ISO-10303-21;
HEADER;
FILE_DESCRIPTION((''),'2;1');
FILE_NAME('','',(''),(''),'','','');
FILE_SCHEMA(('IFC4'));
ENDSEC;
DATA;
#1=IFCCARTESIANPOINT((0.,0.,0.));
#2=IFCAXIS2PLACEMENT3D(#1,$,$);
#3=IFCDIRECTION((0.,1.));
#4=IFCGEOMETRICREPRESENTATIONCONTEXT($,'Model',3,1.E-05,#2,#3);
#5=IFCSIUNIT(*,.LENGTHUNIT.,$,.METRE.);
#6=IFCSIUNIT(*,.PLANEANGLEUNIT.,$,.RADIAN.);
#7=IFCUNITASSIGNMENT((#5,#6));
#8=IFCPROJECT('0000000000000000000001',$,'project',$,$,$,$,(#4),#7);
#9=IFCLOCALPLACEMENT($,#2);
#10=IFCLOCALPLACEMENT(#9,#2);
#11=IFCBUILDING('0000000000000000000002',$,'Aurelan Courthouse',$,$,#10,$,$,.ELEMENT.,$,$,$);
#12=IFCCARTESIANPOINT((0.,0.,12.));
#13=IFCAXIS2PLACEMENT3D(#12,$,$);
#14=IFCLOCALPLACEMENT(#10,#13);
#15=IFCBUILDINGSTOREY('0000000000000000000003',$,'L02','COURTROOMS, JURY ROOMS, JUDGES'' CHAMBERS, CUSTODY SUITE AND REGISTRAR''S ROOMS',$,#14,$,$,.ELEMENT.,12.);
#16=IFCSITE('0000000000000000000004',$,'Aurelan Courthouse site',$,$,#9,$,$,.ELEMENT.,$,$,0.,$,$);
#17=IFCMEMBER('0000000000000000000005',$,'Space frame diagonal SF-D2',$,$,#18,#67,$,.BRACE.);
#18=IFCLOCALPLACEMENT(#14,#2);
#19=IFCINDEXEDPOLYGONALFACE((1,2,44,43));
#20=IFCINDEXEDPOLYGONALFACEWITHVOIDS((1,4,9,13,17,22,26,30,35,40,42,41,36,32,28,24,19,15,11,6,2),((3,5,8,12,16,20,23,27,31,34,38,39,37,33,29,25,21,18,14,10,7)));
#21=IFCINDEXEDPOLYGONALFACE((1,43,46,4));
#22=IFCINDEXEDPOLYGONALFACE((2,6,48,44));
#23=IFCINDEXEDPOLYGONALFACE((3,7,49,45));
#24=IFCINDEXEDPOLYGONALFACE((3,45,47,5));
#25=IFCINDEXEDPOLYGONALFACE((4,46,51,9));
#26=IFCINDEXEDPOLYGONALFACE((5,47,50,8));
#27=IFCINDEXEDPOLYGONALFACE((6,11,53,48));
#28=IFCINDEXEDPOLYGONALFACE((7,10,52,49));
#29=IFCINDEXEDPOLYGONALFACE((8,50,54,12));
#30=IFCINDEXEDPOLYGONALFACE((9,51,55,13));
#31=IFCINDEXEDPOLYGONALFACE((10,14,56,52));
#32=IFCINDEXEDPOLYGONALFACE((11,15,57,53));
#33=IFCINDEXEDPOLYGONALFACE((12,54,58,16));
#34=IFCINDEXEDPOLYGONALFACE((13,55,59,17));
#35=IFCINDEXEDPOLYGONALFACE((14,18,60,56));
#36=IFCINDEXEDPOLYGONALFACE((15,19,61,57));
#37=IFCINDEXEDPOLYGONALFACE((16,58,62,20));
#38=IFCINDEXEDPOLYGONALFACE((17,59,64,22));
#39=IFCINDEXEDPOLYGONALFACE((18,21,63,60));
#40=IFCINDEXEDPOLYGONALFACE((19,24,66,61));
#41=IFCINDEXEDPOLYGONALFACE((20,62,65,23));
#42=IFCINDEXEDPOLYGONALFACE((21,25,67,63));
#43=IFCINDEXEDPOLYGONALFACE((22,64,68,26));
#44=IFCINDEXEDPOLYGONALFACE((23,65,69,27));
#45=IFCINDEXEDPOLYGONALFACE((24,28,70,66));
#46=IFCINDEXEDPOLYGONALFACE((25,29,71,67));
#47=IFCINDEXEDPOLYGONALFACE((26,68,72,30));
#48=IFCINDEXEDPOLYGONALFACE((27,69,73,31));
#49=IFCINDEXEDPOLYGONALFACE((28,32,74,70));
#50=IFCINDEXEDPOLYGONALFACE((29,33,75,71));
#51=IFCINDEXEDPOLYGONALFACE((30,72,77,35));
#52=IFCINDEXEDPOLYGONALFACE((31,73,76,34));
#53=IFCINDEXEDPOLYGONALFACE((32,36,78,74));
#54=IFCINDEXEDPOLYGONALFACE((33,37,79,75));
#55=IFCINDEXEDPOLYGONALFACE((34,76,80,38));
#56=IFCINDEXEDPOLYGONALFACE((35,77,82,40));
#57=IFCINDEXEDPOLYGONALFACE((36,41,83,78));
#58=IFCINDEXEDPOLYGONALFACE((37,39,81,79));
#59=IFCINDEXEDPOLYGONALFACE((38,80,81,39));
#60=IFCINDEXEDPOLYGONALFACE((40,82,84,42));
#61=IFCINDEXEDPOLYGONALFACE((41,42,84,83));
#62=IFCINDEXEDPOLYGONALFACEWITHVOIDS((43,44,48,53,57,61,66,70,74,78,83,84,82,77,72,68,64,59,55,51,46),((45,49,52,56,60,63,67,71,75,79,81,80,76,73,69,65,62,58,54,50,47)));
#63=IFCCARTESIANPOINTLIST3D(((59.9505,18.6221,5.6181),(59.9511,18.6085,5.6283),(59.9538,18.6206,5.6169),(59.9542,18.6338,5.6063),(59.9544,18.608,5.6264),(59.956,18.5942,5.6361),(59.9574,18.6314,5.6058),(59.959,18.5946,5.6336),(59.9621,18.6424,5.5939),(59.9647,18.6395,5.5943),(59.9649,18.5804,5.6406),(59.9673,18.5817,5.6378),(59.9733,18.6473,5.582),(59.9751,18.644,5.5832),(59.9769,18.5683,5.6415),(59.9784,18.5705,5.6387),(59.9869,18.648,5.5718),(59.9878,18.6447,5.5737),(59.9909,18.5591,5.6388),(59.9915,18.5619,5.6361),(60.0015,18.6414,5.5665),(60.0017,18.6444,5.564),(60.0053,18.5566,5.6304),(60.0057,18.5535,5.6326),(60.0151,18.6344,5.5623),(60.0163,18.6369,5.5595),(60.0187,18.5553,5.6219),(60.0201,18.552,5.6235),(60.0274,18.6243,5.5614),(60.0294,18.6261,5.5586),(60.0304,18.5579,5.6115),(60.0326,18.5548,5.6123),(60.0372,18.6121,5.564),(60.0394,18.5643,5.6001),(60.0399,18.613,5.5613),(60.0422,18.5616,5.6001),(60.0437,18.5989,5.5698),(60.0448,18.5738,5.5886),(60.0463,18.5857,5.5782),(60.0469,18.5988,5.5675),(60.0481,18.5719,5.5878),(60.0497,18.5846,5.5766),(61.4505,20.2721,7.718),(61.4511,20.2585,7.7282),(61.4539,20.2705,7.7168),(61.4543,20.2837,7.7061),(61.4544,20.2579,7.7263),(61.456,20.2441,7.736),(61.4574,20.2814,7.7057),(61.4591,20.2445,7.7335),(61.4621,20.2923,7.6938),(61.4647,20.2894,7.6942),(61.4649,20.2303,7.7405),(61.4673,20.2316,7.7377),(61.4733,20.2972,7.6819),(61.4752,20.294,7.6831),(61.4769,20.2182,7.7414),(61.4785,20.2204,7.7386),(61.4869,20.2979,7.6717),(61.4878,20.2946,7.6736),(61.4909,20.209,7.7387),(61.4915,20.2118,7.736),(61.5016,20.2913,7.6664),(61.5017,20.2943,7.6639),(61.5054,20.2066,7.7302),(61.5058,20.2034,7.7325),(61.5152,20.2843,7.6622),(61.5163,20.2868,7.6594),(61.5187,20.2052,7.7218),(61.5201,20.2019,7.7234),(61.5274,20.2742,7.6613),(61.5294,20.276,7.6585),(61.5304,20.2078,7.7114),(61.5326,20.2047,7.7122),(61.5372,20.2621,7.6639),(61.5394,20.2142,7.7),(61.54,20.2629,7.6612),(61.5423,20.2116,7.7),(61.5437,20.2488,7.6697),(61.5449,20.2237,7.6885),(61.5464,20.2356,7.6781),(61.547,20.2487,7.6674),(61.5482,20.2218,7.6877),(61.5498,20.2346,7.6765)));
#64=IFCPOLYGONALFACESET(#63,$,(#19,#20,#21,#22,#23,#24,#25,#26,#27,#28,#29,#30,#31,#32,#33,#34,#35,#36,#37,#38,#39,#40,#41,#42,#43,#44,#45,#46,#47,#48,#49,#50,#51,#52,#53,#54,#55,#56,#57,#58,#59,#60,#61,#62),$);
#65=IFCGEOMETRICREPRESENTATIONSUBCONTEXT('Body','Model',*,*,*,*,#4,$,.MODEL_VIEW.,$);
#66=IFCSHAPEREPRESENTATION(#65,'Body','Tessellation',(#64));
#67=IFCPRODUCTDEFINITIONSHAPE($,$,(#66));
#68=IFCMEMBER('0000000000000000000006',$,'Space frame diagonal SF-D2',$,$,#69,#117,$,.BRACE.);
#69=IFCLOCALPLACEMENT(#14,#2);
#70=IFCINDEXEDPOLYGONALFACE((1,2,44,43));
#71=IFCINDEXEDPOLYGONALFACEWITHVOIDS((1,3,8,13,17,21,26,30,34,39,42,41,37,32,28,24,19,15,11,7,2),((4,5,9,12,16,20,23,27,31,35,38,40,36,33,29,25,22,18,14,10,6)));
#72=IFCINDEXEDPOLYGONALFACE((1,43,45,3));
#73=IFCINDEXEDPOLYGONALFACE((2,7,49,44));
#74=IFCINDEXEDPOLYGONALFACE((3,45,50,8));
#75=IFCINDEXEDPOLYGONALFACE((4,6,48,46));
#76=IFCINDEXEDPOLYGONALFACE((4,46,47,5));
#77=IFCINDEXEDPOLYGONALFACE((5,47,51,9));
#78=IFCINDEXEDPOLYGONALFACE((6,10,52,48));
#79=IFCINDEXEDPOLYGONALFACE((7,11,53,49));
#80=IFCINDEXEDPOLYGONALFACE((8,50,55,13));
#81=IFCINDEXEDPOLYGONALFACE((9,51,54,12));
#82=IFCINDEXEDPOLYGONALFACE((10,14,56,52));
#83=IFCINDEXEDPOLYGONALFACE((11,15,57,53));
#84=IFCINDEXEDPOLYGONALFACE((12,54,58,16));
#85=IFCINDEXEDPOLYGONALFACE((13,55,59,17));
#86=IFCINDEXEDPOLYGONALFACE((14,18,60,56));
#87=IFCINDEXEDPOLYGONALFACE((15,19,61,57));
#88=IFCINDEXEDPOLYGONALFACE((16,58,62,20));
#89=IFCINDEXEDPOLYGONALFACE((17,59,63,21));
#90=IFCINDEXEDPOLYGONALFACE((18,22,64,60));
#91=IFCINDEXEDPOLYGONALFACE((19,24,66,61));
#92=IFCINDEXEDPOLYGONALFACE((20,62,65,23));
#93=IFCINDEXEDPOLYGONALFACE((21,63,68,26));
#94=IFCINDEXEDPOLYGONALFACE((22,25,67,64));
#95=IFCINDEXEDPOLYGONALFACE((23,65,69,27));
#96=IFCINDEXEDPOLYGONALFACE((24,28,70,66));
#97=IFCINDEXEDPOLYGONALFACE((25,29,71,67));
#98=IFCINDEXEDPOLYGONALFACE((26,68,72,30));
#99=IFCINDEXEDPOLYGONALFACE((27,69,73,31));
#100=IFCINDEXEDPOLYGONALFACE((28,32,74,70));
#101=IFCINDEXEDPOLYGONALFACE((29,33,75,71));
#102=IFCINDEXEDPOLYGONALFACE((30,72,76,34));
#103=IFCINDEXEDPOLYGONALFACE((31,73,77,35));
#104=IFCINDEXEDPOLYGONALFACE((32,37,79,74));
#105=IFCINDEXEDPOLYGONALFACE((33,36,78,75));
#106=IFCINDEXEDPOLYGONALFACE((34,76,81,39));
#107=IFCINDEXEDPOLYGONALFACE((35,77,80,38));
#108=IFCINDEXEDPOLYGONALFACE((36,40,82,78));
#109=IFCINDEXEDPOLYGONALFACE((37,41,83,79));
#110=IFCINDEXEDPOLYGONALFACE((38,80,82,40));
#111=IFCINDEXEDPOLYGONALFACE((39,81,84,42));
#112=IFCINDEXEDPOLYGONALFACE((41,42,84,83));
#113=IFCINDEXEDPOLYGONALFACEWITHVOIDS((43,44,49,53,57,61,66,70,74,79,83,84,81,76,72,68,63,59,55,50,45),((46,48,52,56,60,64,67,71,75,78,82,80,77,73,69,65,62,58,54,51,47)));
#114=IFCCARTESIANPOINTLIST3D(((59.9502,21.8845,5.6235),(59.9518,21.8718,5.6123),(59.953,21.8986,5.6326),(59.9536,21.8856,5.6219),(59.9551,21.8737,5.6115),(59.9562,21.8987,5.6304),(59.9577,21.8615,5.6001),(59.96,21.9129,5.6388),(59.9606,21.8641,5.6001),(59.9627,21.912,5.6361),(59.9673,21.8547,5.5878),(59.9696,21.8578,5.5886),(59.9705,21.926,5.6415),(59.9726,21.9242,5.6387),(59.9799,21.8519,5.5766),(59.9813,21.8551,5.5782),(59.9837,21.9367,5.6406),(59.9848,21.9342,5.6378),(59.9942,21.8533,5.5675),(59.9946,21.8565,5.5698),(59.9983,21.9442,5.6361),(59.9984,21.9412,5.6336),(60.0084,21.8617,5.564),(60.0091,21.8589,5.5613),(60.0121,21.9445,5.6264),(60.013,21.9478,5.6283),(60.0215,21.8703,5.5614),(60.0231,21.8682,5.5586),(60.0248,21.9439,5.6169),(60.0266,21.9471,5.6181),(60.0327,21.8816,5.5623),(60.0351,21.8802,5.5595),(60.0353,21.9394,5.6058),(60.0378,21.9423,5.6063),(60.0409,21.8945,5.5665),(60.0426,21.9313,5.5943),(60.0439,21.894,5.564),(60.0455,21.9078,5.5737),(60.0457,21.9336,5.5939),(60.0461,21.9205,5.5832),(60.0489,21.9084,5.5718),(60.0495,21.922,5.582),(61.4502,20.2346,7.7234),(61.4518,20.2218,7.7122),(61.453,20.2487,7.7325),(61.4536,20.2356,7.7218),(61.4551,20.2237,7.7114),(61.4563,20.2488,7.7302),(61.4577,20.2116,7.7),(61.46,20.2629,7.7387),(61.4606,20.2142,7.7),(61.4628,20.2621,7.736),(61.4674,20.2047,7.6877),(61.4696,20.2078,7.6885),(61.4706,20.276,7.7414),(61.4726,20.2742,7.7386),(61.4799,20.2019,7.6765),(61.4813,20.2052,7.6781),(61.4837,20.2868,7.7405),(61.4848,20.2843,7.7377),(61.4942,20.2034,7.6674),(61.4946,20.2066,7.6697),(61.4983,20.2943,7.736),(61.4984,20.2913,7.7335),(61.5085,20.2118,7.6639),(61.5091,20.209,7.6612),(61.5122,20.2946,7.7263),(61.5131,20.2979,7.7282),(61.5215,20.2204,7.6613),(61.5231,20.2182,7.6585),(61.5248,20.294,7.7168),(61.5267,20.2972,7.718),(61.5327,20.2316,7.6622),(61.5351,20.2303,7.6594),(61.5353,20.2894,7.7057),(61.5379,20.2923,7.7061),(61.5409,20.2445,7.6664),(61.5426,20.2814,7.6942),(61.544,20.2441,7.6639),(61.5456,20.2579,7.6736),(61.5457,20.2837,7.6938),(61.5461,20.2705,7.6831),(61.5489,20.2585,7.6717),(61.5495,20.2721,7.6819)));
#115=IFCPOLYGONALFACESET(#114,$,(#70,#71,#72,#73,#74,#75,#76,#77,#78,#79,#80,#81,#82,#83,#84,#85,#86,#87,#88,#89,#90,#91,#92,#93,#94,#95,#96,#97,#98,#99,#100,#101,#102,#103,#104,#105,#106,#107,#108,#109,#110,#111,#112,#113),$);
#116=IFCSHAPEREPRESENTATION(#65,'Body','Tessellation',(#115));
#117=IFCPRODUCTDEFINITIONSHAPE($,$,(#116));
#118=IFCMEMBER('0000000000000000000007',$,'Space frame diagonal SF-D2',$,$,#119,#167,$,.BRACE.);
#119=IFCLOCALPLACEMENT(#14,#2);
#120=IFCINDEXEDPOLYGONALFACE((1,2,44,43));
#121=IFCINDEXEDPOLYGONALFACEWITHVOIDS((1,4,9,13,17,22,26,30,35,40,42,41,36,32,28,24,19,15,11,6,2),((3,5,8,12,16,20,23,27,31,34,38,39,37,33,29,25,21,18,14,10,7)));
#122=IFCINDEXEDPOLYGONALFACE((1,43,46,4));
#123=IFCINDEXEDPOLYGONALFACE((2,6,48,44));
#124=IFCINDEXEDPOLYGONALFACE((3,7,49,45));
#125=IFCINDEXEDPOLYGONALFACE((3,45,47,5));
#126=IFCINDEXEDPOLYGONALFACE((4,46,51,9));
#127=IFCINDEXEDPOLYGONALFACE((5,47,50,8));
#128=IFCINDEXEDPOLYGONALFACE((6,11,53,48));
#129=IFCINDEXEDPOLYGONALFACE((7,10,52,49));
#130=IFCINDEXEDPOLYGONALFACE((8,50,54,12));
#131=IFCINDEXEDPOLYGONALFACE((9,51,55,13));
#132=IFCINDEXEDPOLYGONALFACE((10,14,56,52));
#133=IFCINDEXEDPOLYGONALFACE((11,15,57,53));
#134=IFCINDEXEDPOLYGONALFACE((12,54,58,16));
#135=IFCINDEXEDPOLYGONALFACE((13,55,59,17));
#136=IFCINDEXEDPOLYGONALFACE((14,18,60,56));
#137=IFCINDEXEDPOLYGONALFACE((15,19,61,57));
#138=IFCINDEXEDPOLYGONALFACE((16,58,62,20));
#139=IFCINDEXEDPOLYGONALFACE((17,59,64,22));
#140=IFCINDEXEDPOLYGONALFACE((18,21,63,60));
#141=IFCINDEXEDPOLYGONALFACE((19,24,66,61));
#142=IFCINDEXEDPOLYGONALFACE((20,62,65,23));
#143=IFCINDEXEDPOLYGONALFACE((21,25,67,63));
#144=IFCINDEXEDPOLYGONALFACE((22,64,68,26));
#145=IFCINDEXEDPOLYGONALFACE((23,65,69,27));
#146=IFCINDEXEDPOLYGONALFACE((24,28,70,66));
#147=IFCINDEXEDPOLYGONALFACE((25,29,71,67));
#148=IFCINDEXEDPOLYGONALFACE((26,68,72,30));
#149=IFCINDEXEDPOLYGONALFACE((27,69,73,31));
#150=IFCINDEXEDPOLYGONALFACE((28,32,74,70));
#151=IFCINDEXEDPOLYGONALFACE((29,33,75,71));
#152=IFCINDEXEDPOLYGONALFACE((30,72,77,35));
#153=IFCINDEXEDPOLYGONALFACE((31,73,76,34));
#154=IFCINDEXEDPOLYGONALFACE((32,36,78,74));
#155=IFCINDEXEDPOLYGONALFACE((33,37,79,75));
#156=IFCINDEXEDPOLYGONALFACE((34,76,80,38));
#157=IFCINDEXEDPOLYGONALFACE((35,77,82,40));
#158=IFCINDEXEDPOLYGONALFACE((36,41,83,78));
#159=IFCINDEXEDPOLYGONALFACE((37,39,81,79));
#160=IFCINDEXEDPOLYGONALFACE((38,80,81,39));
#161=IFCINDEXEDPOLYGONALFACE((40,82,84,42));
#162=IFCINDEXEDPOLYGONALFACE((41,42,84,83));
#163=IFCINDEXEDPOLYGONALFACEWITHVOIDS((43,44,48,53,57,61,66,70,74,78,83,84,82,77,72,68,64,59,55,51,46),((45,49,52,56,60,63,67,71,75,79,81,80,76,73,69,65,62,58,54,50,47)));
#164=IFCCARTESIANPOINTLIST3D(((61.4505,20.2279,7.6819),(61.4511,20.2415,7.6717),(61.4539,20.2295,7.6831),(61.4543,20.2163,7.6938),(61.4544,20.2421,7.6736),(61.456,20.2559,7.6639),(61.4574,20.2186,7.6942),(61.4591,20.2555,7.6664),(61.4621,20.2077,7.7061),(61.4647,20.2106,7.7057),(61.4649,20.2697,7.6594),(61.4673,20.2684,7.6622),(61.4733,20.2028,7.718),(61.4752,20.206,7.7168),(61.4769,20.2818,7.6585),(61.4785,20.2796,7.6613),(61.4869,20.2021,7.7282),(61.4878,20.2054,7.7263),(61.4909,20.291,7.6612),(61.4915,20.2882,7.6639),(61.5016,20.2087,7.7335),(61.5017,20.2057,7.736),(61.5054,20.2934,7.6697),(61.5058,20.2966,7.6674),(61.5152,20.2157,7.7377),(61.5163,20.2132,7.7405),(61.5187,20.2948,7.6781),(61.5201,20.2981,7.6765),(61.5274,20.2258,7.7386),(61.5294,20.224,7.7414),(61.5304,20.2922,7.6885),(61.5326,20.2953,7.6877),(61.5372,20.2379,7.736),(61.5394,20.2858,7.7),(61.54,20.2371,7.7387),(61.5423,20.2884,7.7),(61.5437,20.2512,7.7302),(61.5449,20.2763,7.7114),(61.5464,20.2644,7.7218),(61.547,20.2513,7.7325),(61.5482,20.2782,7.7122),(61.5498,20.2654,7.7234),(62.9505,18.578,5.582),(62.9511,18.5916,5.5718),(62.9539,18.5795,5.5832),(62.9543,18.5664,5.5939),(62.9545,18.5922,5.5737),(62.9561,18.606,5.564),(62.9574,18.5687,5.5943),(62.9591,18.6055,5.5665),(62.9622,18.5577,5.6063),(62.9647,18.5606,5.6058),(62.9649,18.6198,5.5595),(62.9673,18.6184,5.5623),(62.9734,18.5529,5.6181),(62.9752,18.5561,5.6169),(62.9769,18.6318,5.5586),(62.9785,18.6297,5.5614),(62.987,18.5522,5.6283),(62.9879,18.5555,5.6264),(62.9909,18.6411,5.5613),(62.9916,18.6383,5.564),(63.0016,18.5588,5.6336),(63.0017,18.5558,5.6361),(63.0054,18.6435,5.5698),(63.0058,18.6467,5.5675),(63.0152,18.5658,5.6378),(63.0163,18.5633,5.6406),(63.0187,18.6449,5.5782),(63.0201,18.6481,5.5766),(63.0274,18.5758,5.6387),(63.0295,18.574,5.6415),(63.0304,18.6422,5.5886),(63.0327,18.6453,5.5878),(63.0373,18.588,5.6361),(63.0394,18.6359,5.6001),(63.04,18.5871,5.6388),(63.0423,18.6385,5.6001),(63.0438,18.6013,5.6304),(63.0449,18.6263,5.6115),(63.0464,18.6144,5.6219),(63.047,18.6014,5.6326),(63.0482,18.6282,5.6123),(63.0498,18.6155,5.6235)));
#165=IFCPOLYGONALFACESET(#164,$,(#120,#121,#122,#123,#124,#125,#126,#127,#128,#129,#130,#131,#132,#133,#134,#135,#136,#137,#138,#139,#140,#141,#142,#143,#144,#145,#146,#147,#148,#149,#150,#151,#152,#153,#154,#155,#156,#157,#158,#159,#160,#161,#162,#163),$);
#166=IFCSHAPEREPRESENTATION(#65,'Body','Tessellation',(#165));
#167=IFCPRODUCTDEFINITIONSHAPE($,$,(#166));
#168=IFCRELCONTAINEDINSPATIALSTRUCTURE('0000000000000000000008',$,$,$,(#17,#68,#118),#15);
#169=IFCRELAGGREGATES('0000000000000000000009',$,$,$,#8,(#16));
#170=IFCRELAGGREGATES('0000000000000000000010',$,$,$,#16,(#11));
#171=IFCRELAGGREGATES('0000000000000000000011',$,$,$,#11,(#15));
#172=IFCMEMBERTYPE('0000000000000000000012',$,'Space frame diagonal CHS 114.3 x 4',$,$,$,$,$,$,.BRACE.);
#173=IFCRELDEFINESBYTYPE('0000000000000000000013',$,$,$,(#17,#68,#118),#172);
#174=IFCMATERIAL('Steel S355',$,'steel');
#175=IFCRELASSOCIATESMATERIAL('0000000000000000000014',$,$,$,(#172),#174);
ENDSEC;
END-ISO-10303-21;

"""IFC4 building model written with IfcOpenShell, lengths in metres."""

from ifc_helpers import new_model, si_unit, direction, frame, origin, origin_2d, place, context, subcontext, project, spatial, hollow_circle, extrude, material, material_profile, profile_set, type_object, element, save


model = new_model("IFC4")

# Units and contexts
model_context = context("Model", 3, precision=1e-05, world=origin(), true_north=direction((0.0, 1.0)))
body_context = subcontext(model_context, "Body", "Model", "MODEL_VIEW")
ifc_project = project(units=[si_unit("LENGTHUNIT", "METRE"), si_unit("PLANEANGLEUNIT", "RADIAN")], contexts=[model_context])

# Site, building, storey
site_placement = place(None, origin())
site = spatial("IfcSite", under=ifc_project, at=site_placement, Name="Aurelan Courthouse site", CompositionType="ELEMENT", RefElevation=0.0)
building_placement = place(site_placement, origin())
building = spatial("IfcBuilding", under=site, at=building_placement, Name="Aurelan Courthouse", CompositionType="ELEMENT")
storey_placement = place(building_placement, frame((0.0, 0.0, 12.0)))
storey = spatial("IfcBuildingStorey", under=building, at=storey_placement, Name="L02", Description="COURTROOMS, JURY ROOMS, JUDGES' CHAMBERS, CUSTODY SUITE AND REGISTRAR'S ROOMS", CompositionType="ELEMENT", Elevation=12.0)

# Members
ifc_material_1 = material(Name="Steel S355", Category="steel")
ifc_material_profile_1 = material_profile(ifc_material_1, hollow_circle(Radius=0.0571, WallThickness=0.0039, at=origin_2d()), Name="CHS 114.3 x 4")
ifc_profile_set_1 = profile_set([ifc_material_profile_1], Name="Steel S355")
member_type_1 = type_object("IfcMemberType", Name="Space frame diagonal CHS 114.3 x 4", PredefinedType="BRACE", material=ifc_profile_set_1)
for number, where, z_axis, x_axis, name in (
    (1, (61.5, 20.25, 7.7), (-0.489727, -0.538667, -0.685569), (0.73992, -0.672695, 0.0), "Space frame diagonal SF-D2"),
    (2, (61.5, 20.25, 7.7), (-0.489727, 0.538667, -0.685569), (-0.73992, -0.672695, 0.0), "Space frame diagonal SF-D2"),
    (3, (61.5, 20.25, 7.7), (0.489727, -0.538667, -0.685569), (0.73992, 0.672695, 0.0), "Space frame diagonal SF-D2"),
):
    element("IfcMember", number, at=place(storey_placement, frame(where, z_axis=z_axis, x_axis=x_axis)), inside=storey, type_object=member_type_1, Name=name, PredefinedType="BRACE", context=body_context, shape_type="SweptSolid", body=[
        extrude(hollow_circle(Radius=0.0571, WallThickness=0.0039, at=origin_2d()), origin(), (0.0, 0.0, 1.0), 3.063),
    ])

save(model, "model.ifc")
